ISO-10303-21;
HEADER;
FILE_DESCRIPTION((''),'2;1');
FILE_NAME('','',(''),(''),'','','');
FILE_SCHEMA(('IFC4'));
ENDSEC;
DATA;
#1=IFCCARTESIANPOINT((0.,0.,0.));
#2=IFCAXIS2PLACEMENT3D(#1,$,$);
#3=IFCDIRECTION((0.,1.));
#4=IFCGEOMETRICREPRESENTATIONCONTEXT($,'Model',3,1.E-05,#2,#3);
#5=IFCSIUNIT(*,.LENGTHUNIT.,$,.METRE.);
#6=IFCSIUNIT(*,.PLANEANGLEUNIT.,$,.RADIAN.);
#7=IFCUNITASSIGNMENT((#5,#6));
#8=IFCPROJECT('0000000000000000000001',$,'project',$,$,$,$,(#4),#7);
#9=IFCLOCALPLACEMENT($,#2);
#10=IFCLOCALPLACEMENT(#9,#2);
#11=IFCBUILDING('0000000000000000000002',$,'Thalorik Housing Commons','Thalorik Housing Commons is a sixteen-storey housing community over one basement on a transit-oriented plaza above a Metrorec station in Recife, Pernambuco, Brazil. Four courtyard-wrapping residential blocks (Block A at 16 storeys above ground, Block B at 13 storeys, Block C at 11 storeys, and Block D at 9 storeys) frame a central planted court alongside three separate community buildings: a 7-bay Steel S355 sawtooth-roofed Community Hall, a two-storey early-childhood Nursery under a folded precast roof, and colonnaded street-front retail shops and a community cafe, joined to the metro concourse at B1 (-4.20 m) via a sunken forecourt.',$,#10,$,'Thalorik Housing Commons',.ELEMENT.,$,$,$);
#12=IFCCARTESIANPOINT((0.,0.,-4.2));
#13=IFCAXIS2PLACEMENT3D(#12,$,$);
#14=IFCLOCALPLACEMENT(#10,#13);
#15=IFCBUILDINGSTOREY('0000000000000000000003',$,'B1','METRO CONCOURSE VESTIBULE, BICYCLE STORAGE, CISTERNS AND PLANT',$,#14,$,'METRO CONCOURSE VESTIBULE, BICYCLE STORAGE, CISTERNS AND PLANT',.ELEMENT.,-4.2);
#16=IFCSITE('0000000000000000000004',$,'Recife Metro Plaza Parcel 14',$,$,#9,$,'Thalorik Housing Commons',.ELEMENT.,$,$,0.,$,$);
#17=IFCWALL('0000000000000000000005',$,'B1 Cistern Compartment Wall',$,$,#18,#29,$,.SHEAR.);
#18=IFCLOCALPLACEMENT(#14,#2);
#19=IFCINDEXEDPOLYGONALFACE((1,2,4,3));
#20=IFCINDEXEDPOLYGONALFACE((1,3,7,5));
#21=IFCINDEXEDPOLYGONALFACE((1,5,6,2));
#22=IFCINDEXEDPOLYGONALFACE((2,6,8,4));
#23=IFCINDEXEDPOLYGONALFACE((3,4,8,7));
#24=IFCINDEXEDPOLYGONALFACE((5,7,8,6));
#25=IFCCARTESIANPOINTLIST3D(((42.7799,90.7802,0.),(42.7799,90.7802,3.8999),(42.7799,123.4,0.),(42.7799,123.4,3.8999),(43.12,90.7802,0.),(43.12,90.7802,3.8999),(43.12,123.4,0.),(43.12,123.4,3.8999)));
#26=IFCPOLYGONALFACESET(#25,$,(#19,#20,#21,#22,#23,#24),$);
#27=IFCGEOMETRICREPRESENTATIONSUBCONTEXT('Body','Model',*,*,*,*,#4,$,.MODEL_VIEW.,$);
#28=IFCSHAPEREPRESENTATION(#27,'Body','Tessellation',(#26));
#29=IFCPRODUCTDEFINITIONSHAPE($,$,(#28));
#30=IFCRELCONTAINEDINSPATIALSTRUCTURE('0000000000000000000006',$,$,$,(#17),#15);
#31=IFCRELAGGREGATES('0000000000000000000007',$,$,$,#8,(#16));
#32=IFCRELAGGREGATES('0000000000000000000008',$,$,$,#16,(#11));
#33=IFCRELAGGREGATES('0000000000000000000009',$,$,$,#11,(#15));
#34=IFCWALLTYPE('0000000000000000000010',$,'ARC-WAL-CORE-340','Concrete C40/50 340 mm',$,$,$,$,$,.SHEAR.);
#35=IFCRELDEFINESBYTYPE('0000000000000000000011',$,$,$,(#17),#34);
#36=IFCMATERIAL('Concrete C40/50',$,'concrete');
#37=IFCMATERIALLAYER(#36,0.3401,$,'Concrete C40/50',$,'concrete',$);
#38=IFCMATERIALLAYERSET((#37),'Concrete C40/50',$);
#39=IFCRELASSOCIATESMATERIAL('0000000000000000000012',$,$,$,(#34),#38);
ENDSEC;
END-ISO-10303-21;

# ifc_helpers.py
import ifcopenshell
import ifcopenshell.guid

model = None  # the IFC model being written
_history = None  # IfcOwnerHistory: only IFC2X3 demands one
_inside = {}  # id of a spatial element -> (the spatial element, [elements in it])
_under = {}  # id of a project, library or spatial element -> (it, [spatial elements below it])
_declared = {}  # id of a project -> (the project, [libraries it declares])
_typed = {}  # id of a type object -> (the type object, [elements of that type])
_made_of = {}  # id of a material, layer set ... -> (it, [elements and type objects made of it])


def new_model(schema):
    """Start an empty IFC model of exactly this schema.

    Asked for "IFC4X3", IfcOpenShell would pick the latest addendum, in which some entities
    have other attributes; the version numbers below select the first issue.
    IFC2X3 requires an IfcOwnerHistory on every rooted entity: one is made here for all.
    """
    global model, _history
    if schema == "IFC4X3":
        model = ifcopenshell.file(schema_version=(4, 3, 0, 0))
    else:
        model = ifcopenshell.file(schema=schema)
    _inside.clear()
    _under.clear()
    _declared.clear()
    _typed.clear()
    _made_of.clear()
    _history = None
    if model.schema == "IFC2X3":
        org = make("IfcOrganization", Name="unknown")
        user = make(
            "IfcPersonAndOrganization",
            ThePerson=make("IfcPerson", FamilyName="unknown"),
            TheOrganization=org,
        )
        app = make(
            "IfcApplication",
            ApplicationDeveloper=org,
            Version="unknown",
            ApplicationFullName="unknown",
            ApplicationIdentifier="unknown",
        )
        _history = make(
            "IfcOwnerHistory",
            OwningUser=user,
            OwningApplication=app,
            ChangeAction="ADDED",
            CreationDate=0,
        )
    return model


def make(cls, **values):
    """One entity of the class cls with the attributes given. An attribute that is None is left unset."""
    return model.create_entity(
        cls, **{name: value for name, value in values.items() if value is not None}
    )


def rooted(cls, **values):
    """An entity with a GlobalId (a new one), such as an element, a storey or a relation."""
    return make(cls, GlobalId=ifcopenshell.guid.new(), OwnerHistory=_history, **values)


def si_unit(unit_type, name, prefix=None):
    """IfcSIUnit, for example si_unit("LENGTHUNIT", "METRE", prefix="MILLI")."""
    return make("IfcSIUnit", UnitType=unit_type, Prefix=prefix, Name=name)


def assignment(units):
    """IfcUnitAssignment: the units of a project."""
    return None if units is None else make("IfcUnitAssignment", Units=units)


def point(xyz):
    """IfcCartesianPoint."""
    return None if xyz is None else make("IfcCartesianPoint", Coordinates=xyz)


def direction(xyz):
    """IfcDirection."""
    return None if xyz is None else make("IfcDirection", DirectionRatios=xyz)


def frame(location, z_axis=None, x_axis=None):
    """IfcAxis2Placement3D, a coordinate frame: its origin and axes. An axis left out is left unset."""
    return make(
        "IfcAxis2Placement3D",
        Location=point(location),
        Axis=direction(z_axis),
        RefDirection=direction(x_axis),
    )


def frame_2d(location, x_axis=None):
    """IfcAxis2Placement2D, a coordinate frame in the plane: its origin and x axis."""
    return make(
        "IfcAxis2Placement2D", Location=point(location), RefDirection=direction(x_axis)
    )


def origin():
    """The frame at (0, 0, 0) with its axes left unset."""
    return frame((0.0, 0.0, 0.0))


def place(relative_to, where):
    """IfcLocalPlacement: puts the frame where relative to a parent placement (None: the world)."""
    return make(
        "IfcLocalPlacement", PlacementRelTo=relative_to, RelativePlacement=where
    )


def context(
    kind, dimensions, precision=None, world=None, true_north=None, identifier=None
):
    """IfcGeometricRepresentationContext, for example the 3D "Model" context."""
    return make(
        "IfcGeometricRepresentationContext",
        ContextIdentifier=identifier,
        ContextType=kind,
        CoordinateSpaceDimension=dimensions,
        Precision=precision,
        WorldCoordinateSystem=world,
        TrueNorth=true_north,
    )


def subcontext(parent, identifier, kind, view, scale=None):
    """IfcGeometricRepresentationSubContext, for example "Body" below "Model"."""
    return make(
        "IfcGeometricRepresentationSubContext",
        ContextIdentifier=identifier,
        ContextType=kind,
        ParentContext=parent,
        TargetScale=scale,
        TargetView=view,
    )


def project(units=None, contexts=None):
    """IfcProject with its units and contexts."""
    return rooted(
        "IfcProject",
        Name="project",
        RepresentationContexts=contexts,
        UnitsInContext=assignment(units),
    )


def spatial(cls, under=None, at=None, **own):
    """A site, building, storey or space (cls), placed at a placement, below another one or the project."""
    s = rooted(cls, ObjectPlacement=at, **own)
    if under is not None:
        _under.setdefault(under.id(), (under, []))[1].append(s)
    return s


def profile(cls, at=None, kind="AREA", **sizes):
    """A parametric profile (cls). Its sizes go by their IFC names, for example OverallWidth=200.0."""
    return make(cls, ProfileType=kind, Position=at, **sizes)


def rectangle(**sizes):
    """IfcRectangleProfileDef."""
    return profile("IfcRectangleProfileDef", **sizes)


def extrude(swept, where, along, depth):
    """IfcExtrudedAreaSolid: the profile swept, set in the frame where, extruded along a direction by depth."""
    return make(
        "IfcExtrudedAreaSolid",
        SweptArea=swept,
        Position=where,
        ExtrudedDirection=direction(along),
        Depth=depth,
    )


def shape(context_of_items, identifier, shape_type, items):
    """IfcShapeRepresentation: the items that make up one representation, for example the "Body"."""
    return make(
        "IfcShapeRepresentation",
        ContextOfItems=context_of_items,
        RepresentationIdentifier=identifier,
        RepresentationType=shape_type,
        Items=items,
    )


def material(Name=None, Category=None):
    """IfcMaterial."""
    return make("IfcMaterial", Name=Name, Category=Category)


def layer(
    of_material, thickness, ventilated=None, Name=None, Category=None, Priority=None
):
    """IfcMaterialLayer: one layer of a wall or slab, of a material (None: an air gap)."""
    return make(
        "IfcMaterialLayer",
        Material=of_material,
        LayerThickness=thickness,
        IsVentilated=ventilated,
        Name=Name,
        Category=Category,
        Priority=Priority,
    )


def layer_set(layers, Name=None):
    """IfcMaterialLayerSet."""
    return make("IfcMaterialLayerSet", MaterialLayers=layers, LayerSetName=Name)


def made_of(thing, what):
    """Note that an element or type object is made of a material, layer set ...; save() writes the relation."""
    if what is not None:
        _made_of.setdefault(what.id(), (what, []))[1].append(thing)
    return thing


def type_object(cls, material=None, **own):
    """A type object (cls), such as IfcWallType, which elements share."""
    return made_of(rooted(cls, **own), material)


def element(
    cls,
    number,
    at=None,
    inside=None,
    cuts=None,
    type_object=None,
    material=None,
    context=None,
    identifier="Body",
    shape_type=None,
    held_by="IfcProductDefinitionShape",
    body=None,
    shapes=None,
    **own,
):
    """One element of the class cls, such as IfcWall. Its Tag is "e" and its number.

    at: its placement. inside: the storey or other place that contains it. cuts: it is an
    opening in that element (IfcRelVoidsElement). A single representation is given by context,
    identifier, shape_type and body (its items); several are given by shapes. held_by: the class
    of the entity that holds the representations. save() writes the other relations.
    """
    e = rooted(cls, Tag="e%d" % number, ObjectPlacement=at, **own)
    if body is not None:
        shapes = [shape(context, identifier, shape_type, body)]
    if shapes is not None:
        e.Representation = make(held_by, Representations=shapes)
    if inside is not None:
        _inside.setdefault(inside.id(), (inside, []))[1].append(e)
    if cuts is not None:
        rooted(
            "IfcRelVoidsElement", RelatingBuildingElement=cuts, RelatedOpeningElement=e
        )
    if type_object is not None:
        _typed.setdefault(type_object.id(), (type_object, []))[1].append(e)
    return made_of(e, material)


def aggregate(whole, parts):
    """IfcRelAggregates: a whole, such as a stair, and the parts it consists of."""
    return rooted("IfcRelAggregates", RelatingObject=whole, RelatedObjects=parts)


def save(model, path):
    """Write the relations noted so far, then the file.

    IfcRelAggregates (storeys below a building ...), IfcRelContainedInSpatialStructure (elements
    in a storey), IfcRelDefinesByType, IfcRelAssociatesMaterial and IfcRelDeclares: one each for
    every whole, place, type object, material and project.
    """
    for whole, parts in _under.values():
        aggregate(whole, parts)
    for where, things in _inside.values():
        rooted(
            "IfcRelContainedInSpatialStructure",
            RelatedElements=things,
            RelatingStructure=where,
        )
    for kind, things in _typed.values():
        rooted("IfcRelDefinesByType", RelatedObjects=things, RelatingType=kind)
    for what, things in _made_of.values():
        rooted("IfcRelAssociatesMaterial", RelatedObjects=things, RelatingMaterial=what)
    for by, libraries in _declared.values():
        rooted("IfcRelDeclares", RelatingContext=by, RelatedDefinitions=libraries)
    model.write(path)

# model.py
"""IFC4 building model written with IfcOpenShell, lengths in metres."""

from ifc_helpers import new_model, si_unit, direction, frame, frame_2d, origin, place, context, subcontext, project, spatial, rectangle, extrude, material, layer, layer_set, type_object, element, save


model = new_model("IFC4")

# Units and contexts
model_context = context("Model", 3, precision=1e-05, world=origin(), true_north=direction((0.0, 1.0)))
body_context = subcontext(model_context, "Body", "Model", "MODEL_VIEW")
ifc_project = project(units=[si_unit("LENGTHUNIT", "METRE"), si_unit("PLANEANGLEUNIT", "RADIAN")], contexts=[model_context])

# Site, building, storey
site_placement = place(None, origin())
site = spatial("IfcSite", under=ifc_project, at=site_placement, Name="Recife Metro Plaza Parcel 14", LongName="Thalorik Housing Commons", CompositionType="ELEMENT", RefElevation=0.0)
building_placement = place(site_placement, origin())
building = spatial("IfcBuilding", under=site, at=building_placement, Name="Thalorik Housing Commons", Description="Thalorik Housing Commons is a sixteen-storey housing community over one basement on a transit-oriented plaza above a Metrorec station in Recife, Pernambuco, Brazil. Four courtyard-wrapping residential blocks (Block A at 16 storeys above ground, Block B at 13 storeys, Block C at 11 storeys, and Block D at 9 storeys) frame a central planted court alongside three separate community buildings: a 7-bay Steel S355 sawtooth-roofed Community Hall, a two-storey early-childhood Nursery under a folded precast roof, and colonnaded street-front retail shops and a community cafe, joined to the metro concourse at B1 (-4.20 m) via a sunken forecourt.", LongName="Thalorik Housing Commons", CompositionType="ELEMENT")
storey_placement = place(building_placement, frame((0.0, 0.0, -4.2)))
storey = spatial("IfcBuildingStorey", under=building, at=storey_placement, Name="B1", Description="METRO CONCOURSE VESTIBULE, BICYCLE STORAGE, CISTERNS AND PLANT", LongName="METRO CONCOURSE VESTIBULE, BICYCLE STORAGE, CISTERNS AND PLANT", CompositionType="ELEMENT", Elevation=-4.2)

# Shared definitions
ifc_material_1 = material(Name="Concrete C40/50", Category="concrete")

# Wall
ifc_layer = layer(ifc_material_1, 0.3401, Name="Concrete C40/50", Category="concrete")
ifc_layer_set = layer_set([ifc_layer], Name="Concrete C40/50")
wall_type = type_object("IfcWallType", Name="ARC-WAL-CORE-340", Description="Concrete C40/50 340 mm", PredefinedType="SHEAR", material=ifc_layer_set)
wall_placement = place(storey_placement, frame((42.95, 90.78, 0.0), z_axis=(0.0, 0.0, 1.0), x_axis=(0.0, 1.0, 0.0)))
element("IfcWall", 1, at=wall_placement, inside=storey, type_object=wall_type, Name="B1 Cistern Compartment Wall", PredefinedType="SHEAR", context=body_context, shape_type="SweptSolid", body=[
    extrude(rectangle(XDim=32.6199, YDim=0.3401, at=frame_2d((16.3101, 0.0))), origin(), (0.0, 0.0, 1.0), 3.8999),
])

save(model, "model.ifc")
